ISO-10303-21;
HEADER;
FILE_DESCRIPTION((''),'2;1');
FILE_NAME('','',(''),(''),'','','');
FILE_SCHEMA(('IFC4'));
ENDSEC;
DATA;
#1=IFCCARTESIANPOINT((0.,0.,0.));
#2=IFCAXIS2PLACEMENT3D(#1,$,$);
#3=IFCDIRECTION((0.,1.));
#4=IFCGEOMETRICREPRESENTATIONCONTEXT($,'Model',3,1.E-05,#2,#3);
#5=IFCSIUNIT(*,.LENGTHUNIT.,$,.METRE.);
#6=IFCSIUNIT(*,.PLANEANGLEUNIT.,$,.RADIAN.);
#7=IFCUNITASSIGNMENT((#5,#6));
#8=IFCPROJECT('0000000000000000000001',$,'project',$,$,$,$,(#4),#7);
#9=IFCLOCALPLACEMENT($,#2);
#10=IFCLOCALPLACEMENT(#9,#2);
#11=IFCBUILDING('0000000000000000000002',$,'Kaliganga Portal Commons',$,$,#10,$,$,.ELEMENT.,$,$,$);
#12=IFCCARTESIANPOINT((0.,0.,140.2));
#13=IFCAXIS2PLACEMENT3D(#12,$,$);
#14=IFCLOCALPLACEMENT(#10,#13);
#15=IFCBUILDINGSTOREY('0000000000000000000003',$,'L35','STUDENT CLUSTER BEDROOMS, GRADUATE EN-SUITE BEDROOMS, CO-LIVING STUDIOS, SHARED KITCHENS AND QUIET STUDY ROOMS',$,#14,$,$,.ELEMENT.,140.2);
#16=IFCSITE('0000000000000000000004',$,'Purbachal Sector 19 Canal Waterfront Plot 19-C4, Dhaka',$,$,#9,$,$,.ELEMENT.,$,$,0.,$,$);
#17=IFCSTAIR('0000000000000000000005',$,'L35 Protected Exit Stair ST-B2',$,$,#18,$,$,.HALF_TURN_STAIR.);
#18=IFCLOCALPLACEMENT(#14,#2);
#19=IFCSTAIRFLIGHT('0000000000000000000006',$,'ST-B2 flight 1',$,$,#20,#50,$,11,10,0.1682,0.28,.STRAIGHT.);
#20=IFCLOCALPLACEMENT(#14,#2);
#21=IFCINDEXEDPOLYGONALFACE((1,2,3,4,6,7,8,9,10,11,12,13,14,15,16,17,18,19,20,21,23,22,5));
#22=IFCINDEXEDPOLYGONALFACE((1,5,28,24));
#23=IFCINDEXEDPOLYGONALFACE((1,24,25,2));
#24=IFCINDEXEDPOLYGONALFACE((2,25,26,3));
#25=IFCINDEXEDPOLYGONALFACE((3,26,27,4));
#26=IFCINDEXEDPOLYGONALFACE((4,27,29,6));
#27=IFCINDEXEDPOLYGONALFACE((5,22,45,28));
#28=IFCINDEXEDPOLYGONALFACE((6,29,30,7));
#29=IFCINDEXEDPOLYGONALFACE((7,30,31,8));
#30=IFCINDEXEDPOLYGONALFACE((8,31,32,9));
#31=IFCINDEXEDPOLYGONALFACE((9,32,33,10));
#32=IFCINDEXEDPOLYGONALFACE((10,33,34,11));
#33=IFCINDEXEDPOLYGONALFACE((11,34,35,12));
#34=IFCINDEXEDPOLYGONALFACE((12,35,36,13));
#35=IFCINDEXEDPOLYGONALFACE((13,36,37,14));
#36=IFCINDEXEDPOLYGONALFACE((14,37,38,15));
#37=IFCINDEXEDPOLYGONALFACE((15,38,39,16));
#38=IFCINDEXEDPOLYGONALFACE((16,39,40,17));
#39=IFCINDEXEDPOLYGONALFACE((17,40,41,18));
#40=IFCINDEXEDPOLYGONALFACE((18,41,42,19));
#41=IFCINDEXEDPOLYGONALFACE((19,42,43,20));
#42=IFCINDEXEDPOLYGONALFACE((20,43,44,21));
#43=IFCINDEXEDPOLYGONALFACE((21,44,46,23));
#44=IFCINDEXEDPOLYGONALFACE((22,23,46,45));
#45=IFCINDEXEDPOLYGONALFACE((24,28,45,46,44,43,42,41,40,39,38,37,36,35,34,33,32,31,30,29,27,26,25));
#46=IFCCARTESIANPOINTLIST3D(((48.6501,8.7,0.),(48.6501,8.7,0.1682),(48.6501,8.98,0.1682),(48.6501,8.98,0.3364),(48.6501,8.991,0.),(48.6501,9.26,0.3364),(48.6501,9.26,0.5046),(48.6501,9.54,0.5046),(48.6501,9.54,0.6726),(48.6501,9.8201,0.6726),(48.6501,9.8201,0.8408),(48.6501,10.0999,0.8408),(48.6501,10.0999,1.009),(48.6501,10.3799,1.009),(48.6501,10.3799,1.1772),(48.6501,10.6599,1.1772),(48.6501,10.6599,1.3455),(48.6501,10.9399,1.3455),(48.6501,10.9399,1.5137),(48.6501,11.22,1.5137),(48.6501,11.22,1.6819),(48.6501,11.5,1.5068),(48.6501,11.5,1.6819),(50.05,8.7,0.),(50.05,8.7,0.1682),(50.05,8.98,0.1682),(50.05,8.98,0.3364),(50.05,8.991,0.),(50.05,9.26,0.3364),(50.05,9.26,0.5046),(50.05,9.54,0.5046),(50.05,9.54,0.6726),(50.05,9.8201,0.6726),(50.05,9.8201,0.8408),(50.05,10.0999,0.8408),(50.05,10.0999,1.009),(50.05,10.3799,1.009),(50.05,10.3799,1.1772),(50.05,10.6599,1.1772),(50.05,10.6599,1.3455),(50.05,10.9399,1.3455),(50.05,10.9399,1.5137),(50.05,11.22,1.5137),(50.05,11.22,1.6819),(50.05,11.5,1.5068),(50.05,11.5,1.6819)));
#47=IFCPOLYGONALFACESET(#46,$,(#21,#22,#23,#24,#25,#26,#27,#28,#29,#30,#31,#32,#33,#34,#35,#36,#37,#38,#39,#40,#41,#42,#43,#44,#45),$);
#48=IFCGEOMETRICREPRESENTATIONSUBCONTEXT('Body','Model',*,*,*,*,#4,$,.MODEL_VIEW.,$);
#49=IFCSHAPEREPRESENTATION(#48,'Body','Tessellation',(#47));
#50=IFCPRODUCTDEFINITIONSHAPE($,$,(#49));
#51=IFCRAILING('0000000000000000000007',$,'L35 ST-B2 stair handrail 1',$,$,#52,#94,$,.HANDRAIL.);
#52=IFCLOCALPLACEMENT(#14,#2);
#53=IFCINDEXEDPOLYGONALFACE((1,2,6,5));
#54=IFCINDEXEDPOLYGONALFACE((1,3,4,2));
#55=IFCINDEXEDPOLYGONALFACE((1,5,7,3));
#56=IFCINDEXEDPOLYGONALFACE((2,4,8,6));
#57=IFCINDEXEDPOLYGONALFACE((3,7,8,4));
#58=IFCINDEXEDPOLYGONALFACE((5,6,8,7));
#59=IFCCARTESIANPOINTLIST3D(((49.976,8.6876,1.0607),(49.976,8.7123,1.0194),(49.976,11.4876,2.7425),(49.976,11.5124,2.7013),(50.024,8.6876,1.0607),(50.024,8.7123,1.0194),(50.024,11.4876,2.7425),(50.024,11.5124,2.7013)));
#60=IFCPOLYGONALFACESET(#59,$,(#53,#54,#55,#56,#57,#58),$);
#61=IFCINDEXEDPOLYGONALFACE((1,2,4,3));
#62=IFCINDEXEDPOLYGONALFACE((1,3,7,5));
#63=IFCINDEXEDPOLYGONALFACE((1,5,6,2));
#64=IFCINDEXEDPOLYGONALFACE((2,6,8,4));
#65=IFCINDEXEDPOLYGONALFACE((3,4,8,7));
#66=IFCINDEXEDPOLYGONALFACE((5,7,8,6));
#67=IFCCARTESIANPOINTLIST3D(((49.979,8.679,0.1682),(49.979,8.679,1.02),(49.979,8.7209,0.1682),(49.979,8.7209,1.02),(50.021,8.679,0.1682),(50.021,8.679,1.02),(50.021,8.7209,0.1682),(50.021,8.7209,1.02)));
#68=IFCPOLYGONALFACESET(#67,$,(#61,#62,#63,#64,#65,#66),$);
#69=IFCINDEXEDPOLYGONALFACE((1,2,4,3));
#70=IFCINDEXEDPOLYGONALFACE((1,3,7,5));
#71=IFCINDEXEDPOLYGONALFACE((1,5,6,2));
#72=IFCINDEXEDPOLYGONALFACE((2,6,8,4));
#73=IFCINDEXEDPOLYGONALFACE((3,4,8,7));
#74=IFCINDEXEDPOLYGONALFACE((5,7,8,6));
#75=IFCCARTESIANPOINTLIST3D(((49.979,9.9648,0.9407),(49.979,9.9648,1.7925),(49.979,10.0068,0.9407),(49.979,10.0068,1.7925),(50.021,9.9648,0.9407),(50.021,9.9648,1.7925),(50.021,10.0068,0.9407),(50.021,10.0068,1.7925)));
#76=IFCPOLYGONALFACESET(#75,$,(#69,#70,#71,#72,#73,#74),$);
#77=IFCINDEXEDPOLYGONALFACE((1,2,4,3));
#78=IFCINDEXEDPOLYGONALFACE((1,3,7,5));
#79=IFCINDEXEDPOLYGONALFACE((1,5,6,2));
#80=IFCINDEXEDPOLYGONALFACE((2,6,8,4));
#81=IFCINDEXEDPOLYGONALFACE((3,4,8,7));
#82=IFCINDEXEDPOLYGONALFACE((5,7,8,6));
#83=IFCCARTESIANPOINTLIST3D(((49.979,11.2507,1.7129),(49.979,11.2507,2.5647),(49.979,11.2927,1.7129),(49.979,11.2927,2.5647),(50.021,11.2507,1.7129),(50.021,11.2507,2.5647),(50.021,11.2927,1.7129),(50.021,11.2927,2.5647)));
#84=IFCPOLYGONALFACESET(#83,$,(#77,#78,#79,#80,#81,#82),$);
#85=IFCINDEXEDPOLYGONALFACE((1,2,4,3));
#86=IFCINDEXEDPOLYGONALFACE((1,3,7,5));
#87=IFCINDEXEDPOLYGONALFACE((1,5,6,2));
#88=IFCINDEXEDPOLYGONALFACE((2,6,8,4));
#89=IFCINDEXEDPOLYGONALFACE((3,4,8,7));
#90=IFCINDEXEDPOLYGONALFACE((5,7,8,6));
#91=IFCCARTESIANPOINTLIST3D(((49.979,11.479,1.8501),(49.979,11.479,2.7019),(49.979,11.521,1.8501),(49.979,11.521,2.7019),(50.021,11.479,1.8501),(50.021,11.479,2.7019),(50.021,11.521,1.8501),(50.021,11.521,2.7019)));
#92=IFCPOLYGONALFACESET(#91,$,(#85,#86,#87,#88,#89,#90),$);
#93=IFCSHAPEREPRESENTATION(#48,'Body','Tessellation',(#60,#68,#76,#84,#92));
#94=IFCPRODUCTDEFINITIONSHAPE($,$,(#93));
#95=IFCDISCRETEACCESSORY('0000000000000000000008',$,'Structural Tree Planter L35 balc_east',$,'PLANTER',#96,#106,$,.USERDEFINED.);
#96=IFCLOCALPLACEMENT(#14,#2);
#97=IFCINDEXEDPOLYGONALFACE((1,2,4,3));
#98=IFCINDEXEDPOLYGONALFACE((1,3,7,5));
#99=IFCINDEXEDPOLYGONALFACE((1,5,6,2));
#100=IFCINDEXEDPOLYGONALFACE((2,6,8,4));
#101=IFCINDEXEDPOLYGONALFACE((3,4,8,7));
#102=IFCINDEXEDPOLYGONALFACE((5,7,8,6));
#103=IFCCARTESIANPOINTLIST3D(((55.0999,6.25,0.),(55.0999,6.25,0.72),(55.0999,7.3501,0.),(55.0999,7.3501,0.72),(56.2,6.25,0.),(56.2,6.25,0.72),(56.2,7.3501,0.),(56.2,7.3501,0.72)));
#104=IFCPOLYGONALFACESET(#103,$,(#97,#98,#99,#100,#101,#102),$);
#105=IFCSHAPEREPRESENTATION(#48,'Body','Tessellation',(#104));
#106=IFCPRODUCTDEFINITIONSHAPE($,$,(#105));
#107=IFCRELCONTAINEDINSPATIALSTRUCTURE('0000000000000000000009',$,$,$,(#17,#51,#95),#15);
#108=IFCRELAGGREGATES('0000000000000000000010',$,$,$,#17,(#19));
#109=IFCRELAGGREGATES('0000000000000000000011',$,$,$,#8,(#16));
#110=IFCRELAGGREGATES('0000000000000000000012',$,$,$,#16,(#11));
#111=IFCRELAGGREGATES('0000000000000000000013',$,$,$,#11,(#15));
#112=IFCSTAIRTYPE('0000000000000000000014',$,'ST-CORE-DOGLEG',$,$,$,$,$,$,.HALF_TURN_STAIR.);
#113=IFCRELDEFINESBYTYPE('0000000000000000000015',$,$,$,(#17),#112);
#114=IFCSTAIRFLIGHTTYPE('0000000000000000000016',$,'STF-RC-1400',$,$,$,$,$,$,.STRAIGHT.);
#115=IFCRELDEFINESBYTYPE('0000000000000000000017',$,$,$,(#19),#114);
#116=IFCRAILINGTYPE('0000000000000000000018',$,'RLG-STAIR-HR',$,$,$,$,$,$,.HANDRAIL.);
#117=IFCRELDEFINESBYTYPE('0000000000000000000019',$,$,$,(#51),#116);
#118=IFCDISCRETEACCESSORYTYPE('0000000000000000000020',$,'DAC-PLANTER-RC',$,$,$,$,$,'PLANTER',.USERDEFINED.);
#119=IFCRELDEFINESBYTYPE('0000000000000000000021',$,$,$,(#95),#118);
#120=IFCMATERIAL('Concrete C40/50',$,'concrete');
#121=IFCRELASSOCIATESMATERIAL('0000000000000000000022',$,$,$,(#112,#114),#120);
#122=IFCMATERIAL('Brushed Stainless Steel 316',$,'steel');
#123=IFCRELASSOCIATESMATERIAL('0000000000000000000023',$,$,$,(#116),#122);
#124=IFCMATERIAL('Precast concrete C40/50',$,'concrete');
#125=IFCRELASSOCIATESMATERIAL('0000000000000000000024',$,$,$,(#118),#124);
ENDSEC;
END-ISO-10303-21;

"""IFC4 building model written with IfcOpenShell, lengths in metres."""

from ifc_helpers import new_model, si_unit, direction, frame, origin, origin_2d, place, context, subcontext, project, spatial, polyline, rectangle, outline, extrude, source, transform, mapped, material, type_object, element, aggregate, save


model = new_model("IFC4")

# Units and contexts
model_context = context("Model", 3, precision=1e-05, world=origin(), true_north=direction((0.0, 1.0)))
body_context = subcontext(model_context, "Body", "Model", "MODEL_VIEW")
ifc_project = project(units=[si_unit("LENGTHUNIT", "METRE"), si_unit("PLANEANGLEUNIT", "RADIAN")], contexts=[model_context])

# Site, building, storey
site_placement = place(None, origin())
site = spatial("IfcSite", under=ifc_project, at=site_placement, Name="Purbachal Sector 19 Canal Waterfront Plot 19-C4, Dhaka", CompositionType="ELEMENT", RefElevation=0.0)
building_placement = place(site_placement, origin())
building = spatial("IfcBuilding", under=site, at=building_placement, Name="Kaliganga Portal Commons", CompositionType="ELEMENT")
storey_placement = place(building_placement, frame((0.0, 0.0, 140.2)))
storey = spatial("IfcBuildingStorey", under=building, at=storey_placement, Name="L35", Description="STUDENT CLUSTER BEDROOMS, GRADUATE EN-SUITE BEDROOMS, CO-LIVING STUDIOS, SHARED KITCHENS AND QUIET STUDY ROOMS", CompositionType="ELEMENT", Elevation=140.2)

# Stair, stair flight
ifc_material_1 = material(Name="Concrete C40/50", Category="concrete")
stair_type = type_object("IfcStairType", Name="ST-CORE-DOGLEG", PredefinedType="HALF_TURN_STAIR", material=ifc_material_1)
stair_placement = place(storey_placement, origin())
stair = element("IfcStair", 1, at=stair_placement, inside=storey, type_object=stair_type, Name="L35 Protected Exit Stair ST-B2", PredefinedType="HALF_TURN_STAIR")
stair_flight_type = type_object("IfcStairFlightType", Name="STF-RC-1400", PredefinedType="STRAIGHT", material=ifc_material_1)
stair_flight_placement = place(storey_placement, frame((49.3501, 8.7, 0.0), z_axis=(0.0, 0.0, 1.0), x_axis=(0.0, 1.0, 0.0)))
stair_flight = element("IfcStairFlight", 2, at=stair_flight_placement, type_object=stair_flight_type, Name="ST-B2 flight 1", NumberOfRisers=11, NumberOfTreads=10, PredefinedType="STRAIGHT", RiserHeight=0.1682, TreadLength=0.28, context=body_context, shape_type="SweptSolid", body=[
    extrude(outline(polyline([(0.0, 0.0), (0.0, 0.1682), (0.28, 0.1682), (0.28, 0.3364), (0.5601, 0.3364), (0.5601, 0.5046), (0.8401, 0.5046), (0.8401, 0.6726), (1.1201, 0.6726), (1.1201, 0.8408), (1.3999, 0.8408), (1.3999, 1.009), (1.6799, 1.009), (1.6799, 1.1772), (1.96, 1.1772), (1.96, 1.3455), (2.24, 1.3455), (2.24, 1.5137), (2.52, 1.5137), (2.52, 1.6819), (2.8, 1.6819), (2.8, 1.8501), (2.8, 1.5068), (0.291, 0.0), (0.0, 0.0)])), frame((0.0, 0.7, 0.0), z_axis=(0.0, -1.0, 0.0), x_axis=(1.0, 0.0, 0.0)), (0.0, 0.0, 1.0), 1.3999),
])
aggregate(stair, [stair_flight])

# Railing
ifc_material_2 = material(Name="Brushed Stainless Steel 316", Category="steel")
railing_type_1 = type_object("IfcRailingType", Name="RLG-STAIR-HR", PredefinedType="HANDRAIL", material=ifc_material_2)
railing_1_placement = place(storey_placement, frame((50.0, 8.7, 0.1682)))
element("IfcRailing", 3, at=railing_1_placement, inside=storey, type_object=railing_type_1, Name="L35 ST-B2 stair handrail 1", PredefinedType="HANDRAIL", context=body_context, shape_type="SweptSolid", body=[
    extrude(rectangle(XDim=0.0481, YDim=0.0481, at=origin_2d()), frame((0.0, 0.0, 0.8718), z_axis=(0.0, 0.857242, 0.514913), x_axis=(-1.0, 0.0, 0.0)), (0.0, 0.0, 1.0), 3.2664),
    extrude(rectangle(XDim=0.042, YDim=0.042, at=origin_2d()), origin(), (0.0, 0.0, 1.0), 0.8518),
    extrude(rectangle(XDim=0.042, YDim=0.042, at=origin_2d()), frame((0.0, 1.2859, 0.7725)), (0.0, 0.0, 1.0), 0.8518),
    extrude(rectangle(XDim=0.042, YDim=0.042, at=origin_2d()), frame((0.0, 2.5718, 1.5447)), (0.0, 0.0, 1.0), 0.8518),
    extrude(rectangle(XDim=0.042, YDim=0.042, at=origin_2d()), frame((0.0, 2.8, 1.6819)), (0.0, 0.0, 1.0), 0.8518),
])

# Discrete accessory
ifc_material_3 = material(Name="Precast concrete C40/50", Category="concrete")
discrete_accessory_type = type_object("IfcDiscreteAccessoryType", Name="DAC-PLANTER-RC", ElementType="PLANTER", PredefinedType="USERDEFINED", material=ifc_material_3)
shared_shape_1 = source(origin(), body_context, "Body", "SweptSolid", [
    extrude(rectangle(XDim=1.1001, YDim=1.1001, at=origin_2d()), origin(), (0.0, 0.0, 1.0), 0.72),
])
discrete_accessory_placement = place(storey_placement, frame((55.6499, 6.8, 0.0), z_axis=(0.0, 0.0, 1.0), x_axis=(1.0, 0.0, 0.0)))
element("IfcDiscreteAccessory", 4, at=discrete_accessory_placement, inside=storey, type_object=discrete_accessory_type, Name="Structural Tree Planter L35 balc_east", ObjectType="PLANTER", PredefinedType="USERDEFINED", context=body_context, shape_type="MappedRepresentation", body=[
    mapped(shared_shape_1, transform((0.0, 0.0, 0.0), x_axis=(1.0, 0.0, 0.0), y_axis=(0.0, 1.0, 0.0), z_axis=(0.0, 0.0, 1.0), scale=1.0)),
])

save(model, "model.ifc")
